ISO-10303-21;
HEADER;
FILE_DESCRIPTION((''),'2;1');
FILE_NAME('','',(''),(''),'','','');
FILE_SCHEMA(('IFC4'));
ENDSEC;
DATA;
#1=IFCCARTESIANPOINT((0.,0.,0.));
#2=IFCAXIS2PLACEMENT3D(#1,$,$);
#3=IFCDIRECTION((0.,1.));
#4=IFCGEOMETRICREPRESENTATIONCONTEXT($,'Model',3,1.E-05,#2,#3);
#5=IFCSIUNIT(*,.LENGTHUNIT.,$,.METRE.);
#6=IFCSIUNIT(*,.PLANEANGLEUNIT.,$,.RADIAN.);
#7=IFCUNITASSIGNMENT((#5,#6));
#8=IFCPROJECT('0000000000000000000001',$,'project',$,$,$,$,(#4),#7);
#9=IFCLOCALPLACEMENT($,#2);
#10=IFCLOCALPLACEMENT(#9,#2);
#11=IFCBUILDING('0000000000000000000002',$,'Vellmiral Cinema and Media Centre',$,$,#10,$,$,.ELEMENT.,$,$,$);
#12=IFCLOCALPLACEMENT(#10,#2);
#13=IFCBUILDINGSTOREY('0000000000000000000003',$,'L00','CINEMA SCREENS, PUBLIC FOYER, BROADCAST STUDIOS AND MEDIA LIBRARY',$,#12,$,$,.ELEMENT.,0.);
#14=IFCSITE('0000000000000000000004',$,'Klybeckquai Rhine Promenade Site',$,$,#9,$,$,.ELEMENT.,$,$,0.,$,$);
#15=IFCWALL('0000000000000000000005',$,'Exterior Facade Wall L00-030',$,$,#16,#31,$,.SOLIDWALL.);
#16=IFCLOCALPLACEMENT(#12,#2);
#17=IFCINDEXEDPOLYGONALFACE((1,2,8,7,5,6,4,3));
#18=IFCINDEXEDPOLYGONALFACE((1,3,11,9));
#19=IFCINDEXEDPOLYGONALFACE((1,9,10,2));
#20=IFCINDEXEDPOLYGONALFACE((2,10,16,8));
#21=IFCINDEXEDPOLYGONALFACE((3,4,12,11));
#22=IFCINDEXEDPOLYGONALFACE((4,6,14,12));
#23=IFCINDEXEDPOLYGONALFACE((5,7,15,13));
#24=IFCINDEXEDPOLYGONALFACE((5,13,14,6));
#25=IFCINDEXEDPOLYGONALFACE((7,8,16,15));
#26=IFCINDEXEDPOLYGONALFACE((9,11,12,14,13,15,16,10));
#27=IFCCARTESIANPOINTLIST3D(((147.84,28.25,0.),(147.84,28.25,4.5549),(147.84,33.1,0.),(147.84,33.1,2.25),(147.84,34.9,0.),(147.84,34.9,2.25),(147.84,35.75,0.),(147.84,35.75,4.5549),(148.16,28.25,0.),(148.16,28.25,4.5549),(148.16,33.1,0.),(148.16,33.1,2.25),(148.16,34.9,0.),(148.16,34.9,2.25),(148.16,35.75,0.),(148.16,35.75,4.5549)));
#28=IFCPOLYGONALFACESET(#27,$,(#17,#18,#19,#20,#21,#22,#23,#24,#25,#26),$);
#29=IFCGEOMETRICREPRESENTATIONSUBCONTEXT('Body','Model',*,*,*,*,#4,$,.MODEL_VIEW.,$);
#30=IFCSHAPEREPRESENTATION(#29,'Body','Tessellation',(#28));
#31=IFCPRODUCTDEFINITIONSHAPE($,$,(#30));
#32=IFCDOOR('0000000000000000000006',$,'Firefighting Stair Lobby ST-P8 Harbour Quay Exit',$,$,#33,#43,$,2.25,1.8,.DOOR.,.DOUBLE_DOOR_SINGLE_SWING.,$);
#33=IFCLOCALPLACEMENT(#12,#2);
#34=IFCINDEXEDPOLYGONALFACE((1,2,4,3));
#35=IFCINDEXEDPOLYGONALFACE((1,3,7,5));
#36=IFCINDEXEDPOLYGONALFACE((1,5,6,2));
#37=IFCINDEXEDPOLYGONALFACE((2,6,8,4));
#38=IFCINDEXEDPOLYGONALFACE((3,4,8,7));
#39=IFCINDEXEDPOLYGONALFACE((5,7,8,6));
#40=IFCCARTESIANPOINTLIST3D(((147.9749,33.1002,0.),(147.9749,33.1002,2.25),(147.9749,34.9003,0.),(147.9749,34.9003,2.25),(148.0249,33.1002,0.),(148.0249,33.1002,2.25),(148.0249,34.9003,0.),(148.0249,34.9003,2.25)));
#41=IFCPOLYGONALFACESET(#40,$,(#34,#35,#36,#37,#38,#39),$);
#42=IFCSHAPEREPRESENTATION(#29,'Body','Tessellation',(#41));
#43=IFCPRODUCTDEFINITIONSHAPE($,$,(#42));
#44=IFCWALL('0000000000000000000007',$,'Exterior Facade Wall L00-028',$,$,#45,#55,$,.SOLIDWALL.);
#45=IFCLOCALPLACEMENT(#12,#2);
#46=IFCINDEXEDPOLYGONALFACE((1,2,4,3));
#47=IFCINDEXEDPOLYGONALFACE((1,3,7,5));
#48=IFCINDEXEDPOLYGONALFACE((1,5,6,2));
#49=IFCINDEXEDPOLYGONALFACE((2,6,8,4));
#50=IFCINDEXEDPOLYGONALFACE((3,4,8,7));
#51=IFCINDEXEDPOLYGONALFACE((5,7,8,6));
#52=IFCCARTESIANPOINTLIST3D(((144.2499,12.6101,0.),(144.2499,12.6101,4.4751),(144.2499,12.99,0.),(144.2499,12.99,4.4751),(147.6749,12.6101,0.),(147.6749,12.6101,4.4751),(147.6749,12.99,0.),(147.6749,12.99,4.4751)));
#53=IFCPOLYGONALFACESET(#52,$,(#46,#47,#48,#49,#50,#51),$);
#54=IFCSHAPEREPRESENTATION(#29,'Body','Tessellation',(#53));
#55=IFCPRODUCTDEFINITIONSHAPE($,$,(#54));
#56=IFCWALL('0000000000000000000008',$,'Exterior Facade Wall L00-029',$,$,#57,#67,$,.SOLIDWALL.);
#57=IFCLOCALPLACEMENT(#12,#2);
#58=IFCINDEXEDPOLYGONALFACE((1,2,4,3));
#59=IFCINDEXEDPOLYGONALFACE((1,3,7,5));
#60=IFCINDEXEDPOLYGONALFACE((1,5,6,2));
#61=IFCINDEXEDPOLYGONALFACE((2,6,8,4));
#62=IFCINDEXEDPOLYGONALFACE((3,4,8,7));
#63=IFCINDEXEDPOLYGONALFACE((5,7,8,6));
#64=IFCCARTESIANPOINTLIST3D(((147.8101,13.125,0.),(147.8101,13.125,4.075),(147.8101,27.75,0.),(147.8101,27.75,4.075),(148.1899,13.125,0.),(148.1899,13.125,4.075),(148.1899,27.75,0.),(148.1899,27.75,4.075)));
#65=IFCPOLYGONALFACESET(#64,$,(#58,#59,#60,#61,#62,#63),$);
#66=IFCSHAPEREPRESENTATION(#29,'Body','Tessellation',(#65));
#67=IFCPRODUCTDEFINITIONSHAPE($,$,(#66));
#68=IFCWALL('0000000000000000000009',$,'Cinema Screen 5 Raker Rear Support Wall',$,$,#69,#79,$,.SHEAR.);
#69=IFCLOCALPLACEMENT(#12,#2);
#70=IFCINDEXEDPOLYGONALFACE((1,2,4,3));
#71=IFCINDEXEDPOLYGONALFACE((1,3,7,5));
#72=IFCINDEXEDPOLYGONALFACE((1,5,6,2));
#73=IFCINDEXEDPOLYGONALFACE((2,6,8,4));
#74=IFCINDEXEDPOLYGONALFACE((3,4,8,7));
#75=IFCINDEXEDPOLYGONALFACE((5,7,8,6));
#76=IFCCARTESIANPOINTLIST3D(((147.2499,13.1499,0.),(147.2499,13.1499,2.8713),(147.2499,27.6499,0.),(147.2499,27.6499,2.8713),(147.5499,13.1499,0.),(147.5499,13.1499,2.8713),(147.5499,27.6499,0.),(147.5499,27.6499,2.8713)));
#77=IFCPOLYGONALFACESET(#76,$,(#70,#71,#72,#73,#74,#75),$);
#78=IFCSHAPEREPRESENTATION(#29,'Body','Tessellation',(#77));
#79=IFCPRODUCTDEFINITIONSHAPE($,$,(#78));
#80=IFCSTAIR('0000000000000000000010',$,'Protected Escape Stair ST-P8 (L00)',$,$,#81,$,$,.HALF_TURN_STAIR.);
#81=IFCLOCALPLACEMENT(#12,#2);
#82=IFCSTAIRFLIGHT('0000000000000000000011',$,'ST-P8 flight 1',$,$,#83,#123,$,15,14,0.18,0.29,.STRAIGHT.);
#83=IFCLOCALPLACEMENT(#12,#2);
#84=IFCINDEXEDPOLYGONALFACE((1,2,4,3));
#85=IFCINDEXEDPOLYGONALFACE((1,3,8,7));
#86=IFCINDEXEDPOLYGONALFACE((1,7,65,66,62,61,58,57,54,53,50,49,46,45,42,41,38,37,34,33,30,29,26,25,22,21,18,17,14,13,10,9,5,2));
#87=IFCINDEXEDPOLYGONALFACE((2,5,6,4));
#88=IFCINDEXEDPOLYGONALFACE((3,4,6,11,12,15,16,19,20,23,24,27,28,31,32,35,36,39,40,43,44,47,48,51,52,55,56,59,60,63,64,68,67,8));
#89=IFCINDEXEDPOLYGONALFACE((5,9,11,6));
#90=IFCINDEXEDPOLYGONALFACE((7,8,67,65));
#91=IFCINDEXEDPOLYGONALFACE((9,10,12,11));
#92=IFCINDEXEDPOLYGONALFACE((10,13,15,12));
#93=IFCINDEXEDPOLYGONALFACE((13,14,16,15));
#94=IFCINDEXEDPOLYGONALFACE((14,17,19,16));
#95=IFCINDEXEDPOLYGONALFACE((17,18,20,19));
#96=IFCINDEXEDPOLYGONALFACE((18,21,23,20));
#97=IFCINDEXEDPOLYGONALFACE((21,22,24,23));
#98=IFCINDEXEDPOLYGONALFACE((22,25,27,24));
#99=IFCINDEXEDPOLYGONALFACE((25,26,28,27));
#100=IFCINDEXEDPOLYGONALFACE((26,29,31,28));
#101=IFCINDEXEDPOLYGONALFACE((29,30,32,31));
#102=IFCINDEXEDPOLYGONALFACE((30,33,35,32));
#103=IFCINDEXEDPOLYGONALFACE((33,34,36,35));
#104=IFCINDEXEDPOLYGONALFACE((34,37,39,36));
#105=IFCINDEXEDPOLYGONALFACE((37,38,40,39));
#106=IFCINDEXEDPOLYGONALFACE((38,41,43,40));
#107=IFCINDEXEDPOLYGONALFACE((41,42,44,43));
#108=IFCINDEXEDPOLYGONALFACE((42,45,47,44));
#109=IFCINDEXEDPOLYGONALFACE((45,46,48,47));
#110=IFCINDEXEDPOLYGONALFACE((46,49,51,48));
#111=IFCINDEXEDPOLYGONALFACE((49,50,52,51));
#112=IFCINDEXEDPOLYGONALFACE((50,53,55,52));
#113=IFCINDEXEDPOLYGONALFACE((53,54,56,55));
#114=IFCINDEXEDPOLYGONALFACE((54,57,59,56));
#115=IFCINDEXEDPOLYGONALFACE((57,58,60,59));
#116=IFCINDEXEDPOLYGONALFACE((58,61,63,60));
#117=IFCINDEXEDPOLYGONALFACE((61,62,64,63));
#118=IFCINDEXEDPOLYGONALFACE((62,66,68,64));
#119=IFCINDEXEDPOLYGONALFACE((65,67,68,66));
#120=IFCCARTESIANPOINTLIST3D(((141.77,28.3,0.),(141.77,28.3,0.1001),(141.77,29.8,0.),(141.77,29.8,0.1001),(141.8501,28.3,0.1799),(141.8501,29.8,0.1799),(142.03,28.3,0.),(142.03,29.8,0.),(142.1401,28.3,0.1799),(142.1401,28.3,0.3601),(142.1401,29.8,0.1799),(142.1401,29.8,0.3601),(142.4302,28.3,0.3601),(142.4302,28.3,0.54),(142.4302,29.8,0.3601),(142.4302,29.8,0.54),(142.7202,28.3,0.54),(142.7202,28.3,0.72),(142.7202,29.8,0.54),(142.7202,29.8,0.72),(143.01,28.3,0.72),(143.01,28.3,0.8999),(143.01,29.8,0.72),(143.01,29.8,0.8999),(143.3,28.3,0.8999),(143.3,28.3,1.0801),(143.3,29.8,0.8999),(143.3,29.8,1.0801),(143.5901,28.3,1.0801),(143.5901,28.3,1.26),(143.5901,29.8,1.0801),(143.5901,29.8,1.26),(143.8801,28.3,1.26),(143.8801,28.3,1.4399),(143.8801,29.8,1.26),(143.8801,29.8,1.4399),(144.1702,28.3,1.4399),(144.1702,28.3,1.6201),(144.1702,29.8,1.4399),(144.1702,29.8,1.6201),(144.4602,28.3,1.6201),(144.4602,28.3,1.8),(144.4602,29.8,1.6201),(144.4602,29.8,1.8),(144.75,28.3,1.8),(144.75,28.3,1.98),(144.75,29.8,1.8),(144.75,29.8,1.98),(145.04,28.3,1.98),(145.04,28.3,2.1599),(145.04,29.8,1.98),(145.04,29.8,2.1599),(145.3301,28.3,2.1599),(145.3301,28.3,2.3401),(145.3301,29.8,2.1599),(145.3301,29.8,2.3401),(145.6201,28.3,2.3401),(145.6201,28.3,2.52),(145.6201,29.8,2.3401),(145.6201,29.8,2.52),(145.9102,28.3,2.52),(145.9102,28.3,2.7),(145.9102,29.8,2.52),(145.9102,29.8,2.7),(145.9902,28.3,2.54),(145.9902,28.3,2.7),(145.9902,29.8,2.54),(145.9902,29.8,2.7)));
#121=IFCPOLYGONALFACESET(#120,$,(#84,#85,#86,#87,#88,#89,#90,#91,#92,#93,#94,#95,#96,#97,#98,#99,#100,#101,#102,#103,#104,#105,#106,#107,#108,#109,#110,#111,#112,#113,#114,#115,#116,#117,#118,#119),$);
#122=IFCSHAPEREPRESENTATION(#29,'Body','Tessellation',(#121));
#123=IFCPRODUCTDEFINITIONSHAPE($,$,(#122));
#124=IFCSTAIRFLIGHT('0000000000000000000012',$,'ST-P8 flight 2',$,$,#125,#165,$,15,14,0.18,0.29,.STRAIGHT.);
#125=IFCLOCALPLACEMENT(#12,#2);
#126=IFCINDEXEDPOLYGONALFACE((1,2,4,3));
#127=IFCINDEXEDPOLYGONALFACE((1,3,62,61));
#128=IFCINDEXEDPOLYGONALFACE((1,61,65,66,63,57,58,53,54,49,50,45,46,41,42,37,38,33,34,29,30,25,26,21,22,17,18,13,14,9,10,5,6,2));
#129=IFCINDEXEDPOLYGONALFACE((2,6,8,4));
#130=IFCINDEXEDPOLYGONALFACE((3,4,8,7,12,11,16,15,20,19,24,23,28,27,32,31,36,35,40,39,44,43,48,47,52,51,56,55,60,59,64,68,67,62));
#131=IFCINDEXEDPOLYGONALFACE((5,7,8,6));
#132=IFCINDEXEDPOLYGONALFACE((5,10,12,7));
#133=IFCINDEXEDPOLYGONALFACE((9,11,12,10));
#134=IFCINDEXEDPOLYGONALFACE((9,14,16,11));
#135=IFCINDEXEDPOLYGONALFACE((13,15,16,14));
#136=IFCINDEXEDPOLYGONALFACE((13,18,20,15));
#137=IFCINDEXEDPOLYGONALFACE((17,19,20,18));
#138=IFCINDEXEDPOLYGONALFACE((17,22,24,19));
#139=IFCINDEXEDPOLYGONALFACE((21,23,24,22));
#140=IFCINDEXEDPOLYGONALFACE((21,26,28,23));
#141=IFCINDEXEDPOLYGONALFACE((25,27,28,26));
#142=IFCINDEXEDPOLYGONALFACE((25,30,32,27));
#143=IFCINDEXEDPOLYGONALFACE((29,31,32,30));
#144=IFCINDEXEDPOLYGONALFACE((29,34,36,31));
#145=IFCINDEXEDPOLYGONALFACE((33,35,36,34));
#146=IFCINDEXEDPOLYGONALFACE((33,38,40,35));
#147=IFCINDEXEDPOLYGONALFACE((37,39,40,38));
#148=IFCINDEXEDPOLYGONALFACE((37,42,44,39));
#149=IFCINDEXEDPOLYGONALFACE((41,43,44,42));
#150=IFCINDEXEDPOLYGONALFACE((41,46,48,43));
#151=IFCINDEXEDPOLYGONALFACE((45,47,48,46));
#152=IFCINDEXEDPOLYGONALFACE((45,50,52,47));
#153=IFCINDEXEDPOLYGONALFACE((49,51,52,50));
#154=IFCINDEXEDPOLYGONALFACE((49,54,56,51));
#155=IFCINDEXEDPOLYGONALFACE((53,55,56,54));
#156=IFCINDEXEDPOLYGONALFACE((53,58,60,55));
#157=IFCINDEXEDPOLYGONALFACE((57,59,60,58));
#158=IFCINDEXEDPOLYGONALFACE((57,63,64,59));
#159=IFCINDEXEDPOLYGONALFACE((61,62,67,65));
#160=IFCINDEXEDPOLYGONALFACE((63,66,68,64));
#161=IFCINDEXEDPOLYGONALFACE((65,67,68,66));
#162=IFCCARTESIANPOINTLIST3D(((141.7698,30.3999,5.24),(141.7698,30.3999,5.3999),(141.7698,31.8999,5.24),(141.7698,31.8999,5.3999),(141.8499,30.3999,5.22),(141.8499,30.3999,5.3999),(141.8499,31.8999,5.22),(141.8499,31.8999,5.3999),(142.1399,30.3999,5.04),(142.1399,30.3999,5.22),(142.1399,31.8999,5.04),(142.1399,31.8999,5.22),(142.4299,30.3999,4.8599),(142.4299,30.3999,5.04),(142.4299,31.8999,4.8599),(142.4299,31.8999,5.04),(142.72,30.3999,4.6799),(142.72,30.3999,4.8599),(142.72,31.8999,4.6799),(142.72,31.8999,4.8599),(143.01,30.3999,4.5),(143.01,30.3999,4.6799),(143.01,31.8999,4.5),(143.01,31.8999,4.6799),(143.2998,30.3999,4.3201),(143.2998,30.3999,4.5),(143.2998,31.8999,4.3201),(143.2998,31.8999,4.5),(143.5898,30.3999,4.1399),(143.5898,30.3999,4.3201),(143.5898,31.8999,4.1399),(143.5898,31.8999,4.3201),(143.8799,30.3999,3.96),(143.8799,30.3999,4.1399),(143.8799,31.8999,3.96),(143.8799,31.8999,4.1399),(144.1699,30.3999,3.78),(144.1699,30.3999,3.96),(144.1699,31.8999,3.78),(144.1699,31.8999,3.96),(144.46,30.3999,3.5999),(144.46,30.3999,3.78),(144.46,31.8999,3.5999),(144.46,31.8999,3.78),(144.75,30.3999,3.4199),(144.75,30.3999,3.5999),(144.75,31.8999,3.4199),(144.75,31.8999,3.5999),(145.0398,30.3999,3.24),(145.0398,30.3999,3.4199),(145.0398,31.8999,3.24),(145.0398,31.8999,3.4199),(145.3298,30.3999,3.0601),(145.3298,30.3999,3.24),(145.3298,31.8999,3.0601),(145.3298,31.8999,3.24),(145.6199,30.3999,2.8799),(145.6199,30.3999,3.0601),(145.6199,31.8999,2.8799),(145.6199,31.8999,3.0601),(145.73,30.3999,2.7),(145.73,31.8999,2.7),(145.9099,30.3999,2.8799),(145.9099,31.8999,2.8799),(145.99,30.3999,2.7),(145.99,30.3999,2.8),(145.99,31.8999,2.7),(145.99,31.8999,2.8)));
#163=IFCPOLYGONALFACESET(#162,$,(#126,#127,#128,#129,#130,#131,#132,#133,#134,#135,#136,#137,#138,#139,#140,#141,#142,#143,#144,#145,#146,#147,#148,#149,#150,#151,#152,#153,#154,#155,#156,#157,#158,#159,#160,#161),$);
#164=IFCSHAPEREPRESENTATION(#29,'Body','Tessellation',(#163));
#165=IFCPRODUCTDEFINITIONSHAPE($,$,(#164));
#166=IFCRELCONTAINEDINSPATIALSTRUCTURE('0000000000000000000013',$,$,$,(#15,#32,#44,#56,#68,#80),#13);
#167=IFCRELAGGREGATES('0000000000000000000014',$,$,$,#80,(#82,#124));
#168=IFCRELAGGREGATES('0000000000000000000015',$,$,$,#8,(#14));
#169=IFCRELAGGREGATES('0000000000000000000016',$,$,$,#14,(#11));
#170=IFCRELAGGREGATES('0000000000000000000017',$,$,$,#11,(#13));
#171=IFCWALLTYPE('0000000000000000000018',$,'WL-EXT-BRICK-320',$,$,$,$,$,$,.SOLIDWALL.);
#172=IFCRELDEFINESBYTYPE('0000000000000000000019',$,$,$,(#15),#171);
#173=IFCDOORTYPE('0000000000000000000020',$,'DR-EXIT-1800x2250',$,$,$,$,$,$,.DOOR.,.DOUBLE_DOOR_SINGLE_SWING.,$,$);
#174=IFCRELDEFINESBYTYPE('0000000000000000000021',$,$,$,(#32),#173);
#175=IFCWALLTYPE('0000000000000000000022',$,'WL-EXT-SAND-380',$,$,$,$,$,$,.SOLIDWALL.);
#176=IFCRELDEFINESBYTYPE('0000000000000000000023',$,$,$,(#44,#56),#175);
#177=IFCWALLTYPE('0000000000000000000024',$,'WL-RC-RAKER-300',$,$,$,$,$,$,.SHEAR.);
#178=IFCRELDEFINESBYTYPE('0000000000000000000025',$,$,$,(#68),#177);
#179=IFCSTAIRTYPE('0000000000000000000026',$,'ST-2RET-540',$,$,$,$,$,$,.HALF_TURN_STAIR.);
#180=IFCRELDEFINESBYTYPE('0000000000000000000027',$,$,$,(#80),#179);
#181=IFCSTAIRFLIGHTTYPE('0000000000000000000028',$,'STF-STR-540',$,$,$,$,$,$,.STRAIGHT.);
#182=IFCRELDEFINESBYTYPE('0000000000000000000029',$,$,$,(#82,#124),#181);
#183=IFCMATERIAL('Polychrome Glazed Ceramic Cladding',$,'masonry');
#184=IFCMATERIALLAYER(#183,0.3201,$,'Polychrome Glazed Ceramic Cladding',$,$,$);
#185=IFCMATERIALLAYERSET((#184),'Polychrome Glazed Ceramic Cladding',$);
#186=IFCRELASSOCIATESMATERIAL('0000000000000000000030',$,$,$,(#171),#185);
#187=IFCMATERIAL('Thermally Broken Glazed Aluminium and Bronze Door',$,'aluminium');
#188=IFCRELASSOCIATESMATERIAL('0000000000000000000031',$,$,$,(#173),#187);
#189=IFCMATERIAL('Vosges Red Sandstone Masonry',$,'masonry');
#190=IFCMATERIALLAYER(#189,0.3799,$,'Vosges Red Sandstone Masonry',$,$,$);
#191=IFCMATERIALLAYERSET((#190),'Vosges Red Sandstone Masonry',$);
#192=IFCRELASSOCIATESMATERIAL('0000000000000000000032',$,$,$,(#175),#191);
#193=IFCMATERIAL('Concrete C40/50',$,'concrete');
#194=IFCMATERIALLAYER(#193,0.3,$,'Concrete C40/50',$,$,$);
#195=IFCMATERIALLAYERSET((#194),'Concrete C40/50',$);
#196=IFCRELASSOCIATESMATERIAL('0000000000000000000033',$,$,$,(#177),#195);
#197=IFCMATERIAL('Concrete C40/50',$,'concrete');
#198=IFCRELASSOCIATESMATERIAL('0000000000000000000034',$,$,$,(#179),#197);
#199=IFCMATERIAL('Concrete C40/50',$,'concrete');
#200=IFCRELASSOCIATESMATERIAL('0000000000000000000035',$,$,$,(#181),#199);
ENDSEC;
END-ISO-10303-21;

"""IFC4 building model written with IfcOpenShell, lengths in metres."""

from ifc_helpers import new_model, si_unit, direction, frame, frame_2d, origin, place, context, subcontext, project, spatial, polyline, rectangle, outline, extrude, material, layer, layer_set, type_object, element, fill, aggregate, save


model = new_model("IFC4")

# Units and contexts
model_context = context("Model", 3, precision=1e-05, world=origin(), true_north=direction((0.0, 1.0)))
body_context = subcontext(model_context, "Body", "Model", "MODEL_VIEW")
ifc_project = project(units=[si_unit("LENGTHUNIT", "METRE"), si_unit("PLANEANGLEUNIT", "RADIAN")], contexts=[model_context])

# Site, building, storey
site_placement = place(None, origin())
site = spatial("IfcSite", under=ifc_project, at=site_placement, Name="Klybeckquai Rhine Promenade Site", CompositionType="ELEMENT", RefElevation=0.0)
building_placement = place(site_placement, origin())
building = spatial("IfcBuilding", under=site, at=building_placement, Name="Vellmiral Cinema and Media Centre", CompositionType="ELEMENT")
storey_placement = place(building_placement, origin())
storey = spatial("IfcBuildingStorey", under=building, at=storey_placement, Name="L00", Description="CINEMA SCREENS, PUBLIC FOYER, BROADCAST STUDIOS AND MEDIA LIBRARY", CompositionType="ELEMENT", Elevation=0.0)

# Shared definitions
ifc_material_1 = material(Name="Polychrome Glazed Ceramic Cladding", Category="masonry")
ifc_layer_1 = layer(ifc_material_1, 0.3201, Name="Polychrome Glazed Ceramic Cladding")
ifc_layer_set_1 = layer_set([ifc_layer_1], Name="Polychrome Glazed Ceramic Cladding")
wall_type_1 = type_object("IfcWallType", Name="WL-EXT-BRICK-320", PredefinedType="SOLIDWALL", material=ifc_layer_set_1)

# Wall, opening, door
wall_1_placement = place(storey_placement, frame((148.0, 28.25, 0.0), z_axis=(0.0, 0.0, 1.0), x_axis=(0.0, 1.0, 0.0)))
wall_1 = element("IfcWall", 1, at=wall_1_placement, inside=storey, type_object=wall_type_1, Name="Exterior Facade Wall L00-030", PredefinedType="SOLIDWALL", context=body_context, shape_type="SweptSolid", body=[
    extrude(rectangle(XDim=7.5, YDim=0.3201, at=frame_2d((3.75, 0.0))), origin(), (0.0, 0.0, 1.0), 4.5549),
])
opening_placement = place(wall_1_placement, frame((4.8501, 0.0, 0.0)))
opening = element("IfcOpeningElement", 2, at=opening_placement, cuts=wall_1, PredefinedType="OPENING", context=body_context, shape_type="SweptSolid", body=[
    extrude(rectangle(XDim=1.8, YDim=2.25, at=frame_2d((0.8999, 1.125))), frame((0.0, 0.1719, 0.0), z_axis=(0.0, -1.0, 0.0), x_axis=(1.0, 0.0, 0.0)), (0.0, 0.0, 1.0), 0.344),
])
ifc_material_2 = material(Name="Thermally Broken Glazed Aluminium and Bronze Door", Category="aluminium")
door_type = type_object("IfcDoorType", Name="DR-EXIT-1800x2250", OperationType="DOUBLE_DOOR_SINGLE_SWING", PredefinedType="DOOR", material=ifc_material_2)
door_placement = place(opening_placement, frame((1.8, 0.0, 0.0), z_axis=(0.0, 0.0, 1.0), x_axis=(-1.0, 0.0, 0.0)))
door = element("IfcDoor", 3, at=door_placement, inside=storey, type_object=door_type, Name="Firefighting Stair Lobby ST-P8 Harbour Quay Exit", OperationType="DOUBLE_DOOR_SINGLE_SWING", OverallHeight=2.25, OverallWidth=1.8, PredefinedType="DOOR", context=body_context, shape_type="SweptSolid", body=[
    extrude(rectangle(XDim=1.8, YDim=2.25, at=frame_2d((0.8999, 1.125))), frame((0.0, 0.0249, 0.0), z_axis=(0.0, -1.0, 0.0), x_axis=(1.0, 0.0, 0.0)), (0.0, 0.0, 1.0), 0.05),
])
fill(opening, door)

# Walls
ifc_material_3 = material(Name="Vosges Red Sandstone Masonry", Category="masonry")
ifc_layer_2 = layer(ifc_material_3, 0.3799, Name="Vosges Red Sandstone Masonry")
ifc_layer_set_2 = layer_set([ifc_layer_2], Name="Vosges Red Sandstone Masonry")
wall_type_2 = type_object("IfcWallType", Name="WL-EXT-SAND-380", PredefinedType="SOLIDWALL", material=ifc_layer_set_2)
wall_2_placement = place(storey_placement, frame((144.25, 12.8, 0.0), z_axis=(0.0, 0.0, 1.0), x_axis=(1.0, 0.0, 0.0)))
element("IfcWall", 4, at=wall_2_placement, inside=storey, type_object=wall_type_2, Name="Exterior Facade Wall L00-028", PredefinedType="SOLIDWALL", context=body_context, shape_type="SweptSolid", body=[
    extrude(rectangle(XDim=3.425, YDim=0.3799, at=frame_2d((1.7124, 0.0))), origin(), (0.0, 0.0, 1.0), 4.4751),
])
wall_3_placement = place(storey_placement, frame((148.0, 13.125, 0.0), z_axis=(0.0, 0.0, 1.0), x_axis=(0.0, 1.0, 0.0)))
element("IfcWall", 5, at=wall_3_placement, inside=storey, type_object=wall_type_2, Name="Exterior Facade Wall L00-029", PredefinedType="SOLIDWALL", context=body_context, shape_type="SweptSolid", body=[
    extrude(rectangle(XDim=14.625, YDim=0.3799, at=frame_2d((7.3125, 0.0))), origin(), (0.0, 0.0, 1.0), 4.075),
])
ifc_material_4 = material(Name="Concrete C40/50", Category="concrete")
ifc_layer_3 = layer(ifc_material_4, 0.3, Name="Concrete C40/50")
ifc_layer_set_3 = layer_set([ifc_layer_3], Name="Concrete C40/50")
wall_type_3 = type_object("IfcWallType", Name="WL-RC-RAKER-300", PredefinedType="SHEAR", material=ifc_layer_set_3)
wall_4_placement = place(storey_placement, frame((147.3999, 13.1499, 0.0), z_axis=(0.0, 0.0, 1.0), x_axis=(0.0, 1.0, 0.0)))
element("IfcWall", 6, at=wall_4_placement, inside=storey, type_object=wall_type_3, Name="Cinema Screen 5 Raker Rear Support Wall", PredefinedType="SHEAR", context=body_context, shape_type="SweptSolid", body=[
    extrude(rectangle(XDim=14.5, YDim=0.3, at=frame_2d((7.25, 0.0))), origin(), (0.0, 0.0, 1.0), 2.8713),
])

# Stair, stair flights
ifc_material_5 = material(Name="Concrete C40/50", Category="concrete")
stair_type = type_object("IfcStairType", Name="ST-2RET-540", PredefinedType="HALF_TURN_STAIR", material=ifc_material_5)
stair_placement = place(storey_placement, origin())
stair = element("IfcStair", 7, at=stair_placement, inside=storey, type_object=stair_type, Name="Protected Escape Stair ST-P8 (L00)", PredefinedType="HALF_TURN_STAIR")
ifc_material_6 = material(Name="Concrete C40/50", Category="concrete")
stair_flight_type = type_object("IfcStairFlightType", Name="STF-STR-540", PredefinedType="STRAIGHT", material=ifc_material_6)
stair_flight_1_placement = place(storey_placement, frame((141.8501, 29.05, 0.0), z_axis=(0.0, 0.0, 1.0), x_axis=(1.0, 0.0, 0.0)))
stair_flight_1 = element("IfcStairFlight", 8, at=stair_flight_1_placement, type_object=stair_flight_type, Name="ST-P8 flight 1", NumberOfRisers=15, NumberOfTreads=14, PredefinedType="STRAIGHT", RiserHeight=0.18, TreadLength=0.29, context=body_context, shape_type="SweptSolid", body=[
    extrude(outline(polyline([(-0.0801, 0.0), (-0.0801, 0.1001), (0.0, 0.1799), (0.29, 0.1799), (0.29, 0.3601), (0.5801, 0.3601), (0.5801, 0.54), (0.8701, 0.54), (0.8701, 0.72), (1.1599, 0.72), (1.1599, 0.8999), (1.45, 0.8999), (1.45, 1.0801), (1.74, 1.0801), (1.74, 1.26), (2.03, 1.26), (2.03, 1.4399), (2.3201, 1.4399), (2.3201, 1.6201), (2.6101, 1.6201), (2.6101, 1.8), (2.8999, 1.8), (2.8999, 1.98), (3.1899, 1.98), (3.1899, 2.1599), (3.48, 2.1599), (3.48, 2.3401), (3.77, 2.3401), (3.77, 2.52), (4.0601, 2.52), (4.0601, 2.7), (4.1401, 2.7), (4.1401, 2.54), (0.1799, 0.0), (-0.0801, 0.0)])), frame((0.0, 0.75, 0.0), z_axis=(0.0, -1.0, 0.0), x_axis=(1.0, 0.0, 0.0)), (0.0, 0.0, 1.0), 1.5),
])
stair_flight_2_placement = place(storey_placement, frame((145.9099, 31.1499, 2.7), z_axis=(0.0, 0.0, 1.0), x_axis=(-1.0, 0.0, 0.0)))
stair_flight_2 = element("IfcStairFlight", 9, at=stair_flight_2_placement, type_object=stair_flight_type, Name="ST-P8 flight 2", NumberOfRisers=15, NumberOfTreads=14, PredefinedType="STRAIGHT", RiserHeight=0.18, TreadLength=0.29, context=body_context, shape_type="SweptSolid", body=[
    extrude(outline(polyline([(-0.0801, 0.0), (-0.0801, 0.1001), (0.0, 0.1799), (0.29, 0.1799), (0.29, 0.3601), (0.5801, 0.3601), (0.5801, 0.54), (0.8701, 0.54), (0.8701, 0.72), (1.1599, 0.72), (1.1599, 0.8999), (1.45, 0.8999), (1.45, 1.0801), (1.74, 1.0801), (1.74, 1.26), (2.03, 1.26), (2.03, 1.4399), (2.3201, 1.4399), (2.3201, 1.6201), (2.6101, 1.6201), (2.6101, 1.8), (2.8999, 1.8), (2.8999, 1.98), (3.1899, 1.98), (3.1899, 2.1599), (3.48, 2.1599), (3.48, 2.3401), (3.77, 2.3401), (3.77, 2.52), (4.0601, 2.52), (4.0601, 2.7), (4.1401, 2.7), (4.1401, 2.54), (0.1799, 0.0), (-0.0801, 0.0)])), frame((0.0, 0.75, 0.0), z_axis=(0.0, -1.0, 0.0), x_axis=(1.0, 0.0, 0.0)), (0.0, 0.0, 1.0), 1.5),
])
aggregate(stair, [stair_flight_1, stair_flight_2])

save(model, "model.ifc")
